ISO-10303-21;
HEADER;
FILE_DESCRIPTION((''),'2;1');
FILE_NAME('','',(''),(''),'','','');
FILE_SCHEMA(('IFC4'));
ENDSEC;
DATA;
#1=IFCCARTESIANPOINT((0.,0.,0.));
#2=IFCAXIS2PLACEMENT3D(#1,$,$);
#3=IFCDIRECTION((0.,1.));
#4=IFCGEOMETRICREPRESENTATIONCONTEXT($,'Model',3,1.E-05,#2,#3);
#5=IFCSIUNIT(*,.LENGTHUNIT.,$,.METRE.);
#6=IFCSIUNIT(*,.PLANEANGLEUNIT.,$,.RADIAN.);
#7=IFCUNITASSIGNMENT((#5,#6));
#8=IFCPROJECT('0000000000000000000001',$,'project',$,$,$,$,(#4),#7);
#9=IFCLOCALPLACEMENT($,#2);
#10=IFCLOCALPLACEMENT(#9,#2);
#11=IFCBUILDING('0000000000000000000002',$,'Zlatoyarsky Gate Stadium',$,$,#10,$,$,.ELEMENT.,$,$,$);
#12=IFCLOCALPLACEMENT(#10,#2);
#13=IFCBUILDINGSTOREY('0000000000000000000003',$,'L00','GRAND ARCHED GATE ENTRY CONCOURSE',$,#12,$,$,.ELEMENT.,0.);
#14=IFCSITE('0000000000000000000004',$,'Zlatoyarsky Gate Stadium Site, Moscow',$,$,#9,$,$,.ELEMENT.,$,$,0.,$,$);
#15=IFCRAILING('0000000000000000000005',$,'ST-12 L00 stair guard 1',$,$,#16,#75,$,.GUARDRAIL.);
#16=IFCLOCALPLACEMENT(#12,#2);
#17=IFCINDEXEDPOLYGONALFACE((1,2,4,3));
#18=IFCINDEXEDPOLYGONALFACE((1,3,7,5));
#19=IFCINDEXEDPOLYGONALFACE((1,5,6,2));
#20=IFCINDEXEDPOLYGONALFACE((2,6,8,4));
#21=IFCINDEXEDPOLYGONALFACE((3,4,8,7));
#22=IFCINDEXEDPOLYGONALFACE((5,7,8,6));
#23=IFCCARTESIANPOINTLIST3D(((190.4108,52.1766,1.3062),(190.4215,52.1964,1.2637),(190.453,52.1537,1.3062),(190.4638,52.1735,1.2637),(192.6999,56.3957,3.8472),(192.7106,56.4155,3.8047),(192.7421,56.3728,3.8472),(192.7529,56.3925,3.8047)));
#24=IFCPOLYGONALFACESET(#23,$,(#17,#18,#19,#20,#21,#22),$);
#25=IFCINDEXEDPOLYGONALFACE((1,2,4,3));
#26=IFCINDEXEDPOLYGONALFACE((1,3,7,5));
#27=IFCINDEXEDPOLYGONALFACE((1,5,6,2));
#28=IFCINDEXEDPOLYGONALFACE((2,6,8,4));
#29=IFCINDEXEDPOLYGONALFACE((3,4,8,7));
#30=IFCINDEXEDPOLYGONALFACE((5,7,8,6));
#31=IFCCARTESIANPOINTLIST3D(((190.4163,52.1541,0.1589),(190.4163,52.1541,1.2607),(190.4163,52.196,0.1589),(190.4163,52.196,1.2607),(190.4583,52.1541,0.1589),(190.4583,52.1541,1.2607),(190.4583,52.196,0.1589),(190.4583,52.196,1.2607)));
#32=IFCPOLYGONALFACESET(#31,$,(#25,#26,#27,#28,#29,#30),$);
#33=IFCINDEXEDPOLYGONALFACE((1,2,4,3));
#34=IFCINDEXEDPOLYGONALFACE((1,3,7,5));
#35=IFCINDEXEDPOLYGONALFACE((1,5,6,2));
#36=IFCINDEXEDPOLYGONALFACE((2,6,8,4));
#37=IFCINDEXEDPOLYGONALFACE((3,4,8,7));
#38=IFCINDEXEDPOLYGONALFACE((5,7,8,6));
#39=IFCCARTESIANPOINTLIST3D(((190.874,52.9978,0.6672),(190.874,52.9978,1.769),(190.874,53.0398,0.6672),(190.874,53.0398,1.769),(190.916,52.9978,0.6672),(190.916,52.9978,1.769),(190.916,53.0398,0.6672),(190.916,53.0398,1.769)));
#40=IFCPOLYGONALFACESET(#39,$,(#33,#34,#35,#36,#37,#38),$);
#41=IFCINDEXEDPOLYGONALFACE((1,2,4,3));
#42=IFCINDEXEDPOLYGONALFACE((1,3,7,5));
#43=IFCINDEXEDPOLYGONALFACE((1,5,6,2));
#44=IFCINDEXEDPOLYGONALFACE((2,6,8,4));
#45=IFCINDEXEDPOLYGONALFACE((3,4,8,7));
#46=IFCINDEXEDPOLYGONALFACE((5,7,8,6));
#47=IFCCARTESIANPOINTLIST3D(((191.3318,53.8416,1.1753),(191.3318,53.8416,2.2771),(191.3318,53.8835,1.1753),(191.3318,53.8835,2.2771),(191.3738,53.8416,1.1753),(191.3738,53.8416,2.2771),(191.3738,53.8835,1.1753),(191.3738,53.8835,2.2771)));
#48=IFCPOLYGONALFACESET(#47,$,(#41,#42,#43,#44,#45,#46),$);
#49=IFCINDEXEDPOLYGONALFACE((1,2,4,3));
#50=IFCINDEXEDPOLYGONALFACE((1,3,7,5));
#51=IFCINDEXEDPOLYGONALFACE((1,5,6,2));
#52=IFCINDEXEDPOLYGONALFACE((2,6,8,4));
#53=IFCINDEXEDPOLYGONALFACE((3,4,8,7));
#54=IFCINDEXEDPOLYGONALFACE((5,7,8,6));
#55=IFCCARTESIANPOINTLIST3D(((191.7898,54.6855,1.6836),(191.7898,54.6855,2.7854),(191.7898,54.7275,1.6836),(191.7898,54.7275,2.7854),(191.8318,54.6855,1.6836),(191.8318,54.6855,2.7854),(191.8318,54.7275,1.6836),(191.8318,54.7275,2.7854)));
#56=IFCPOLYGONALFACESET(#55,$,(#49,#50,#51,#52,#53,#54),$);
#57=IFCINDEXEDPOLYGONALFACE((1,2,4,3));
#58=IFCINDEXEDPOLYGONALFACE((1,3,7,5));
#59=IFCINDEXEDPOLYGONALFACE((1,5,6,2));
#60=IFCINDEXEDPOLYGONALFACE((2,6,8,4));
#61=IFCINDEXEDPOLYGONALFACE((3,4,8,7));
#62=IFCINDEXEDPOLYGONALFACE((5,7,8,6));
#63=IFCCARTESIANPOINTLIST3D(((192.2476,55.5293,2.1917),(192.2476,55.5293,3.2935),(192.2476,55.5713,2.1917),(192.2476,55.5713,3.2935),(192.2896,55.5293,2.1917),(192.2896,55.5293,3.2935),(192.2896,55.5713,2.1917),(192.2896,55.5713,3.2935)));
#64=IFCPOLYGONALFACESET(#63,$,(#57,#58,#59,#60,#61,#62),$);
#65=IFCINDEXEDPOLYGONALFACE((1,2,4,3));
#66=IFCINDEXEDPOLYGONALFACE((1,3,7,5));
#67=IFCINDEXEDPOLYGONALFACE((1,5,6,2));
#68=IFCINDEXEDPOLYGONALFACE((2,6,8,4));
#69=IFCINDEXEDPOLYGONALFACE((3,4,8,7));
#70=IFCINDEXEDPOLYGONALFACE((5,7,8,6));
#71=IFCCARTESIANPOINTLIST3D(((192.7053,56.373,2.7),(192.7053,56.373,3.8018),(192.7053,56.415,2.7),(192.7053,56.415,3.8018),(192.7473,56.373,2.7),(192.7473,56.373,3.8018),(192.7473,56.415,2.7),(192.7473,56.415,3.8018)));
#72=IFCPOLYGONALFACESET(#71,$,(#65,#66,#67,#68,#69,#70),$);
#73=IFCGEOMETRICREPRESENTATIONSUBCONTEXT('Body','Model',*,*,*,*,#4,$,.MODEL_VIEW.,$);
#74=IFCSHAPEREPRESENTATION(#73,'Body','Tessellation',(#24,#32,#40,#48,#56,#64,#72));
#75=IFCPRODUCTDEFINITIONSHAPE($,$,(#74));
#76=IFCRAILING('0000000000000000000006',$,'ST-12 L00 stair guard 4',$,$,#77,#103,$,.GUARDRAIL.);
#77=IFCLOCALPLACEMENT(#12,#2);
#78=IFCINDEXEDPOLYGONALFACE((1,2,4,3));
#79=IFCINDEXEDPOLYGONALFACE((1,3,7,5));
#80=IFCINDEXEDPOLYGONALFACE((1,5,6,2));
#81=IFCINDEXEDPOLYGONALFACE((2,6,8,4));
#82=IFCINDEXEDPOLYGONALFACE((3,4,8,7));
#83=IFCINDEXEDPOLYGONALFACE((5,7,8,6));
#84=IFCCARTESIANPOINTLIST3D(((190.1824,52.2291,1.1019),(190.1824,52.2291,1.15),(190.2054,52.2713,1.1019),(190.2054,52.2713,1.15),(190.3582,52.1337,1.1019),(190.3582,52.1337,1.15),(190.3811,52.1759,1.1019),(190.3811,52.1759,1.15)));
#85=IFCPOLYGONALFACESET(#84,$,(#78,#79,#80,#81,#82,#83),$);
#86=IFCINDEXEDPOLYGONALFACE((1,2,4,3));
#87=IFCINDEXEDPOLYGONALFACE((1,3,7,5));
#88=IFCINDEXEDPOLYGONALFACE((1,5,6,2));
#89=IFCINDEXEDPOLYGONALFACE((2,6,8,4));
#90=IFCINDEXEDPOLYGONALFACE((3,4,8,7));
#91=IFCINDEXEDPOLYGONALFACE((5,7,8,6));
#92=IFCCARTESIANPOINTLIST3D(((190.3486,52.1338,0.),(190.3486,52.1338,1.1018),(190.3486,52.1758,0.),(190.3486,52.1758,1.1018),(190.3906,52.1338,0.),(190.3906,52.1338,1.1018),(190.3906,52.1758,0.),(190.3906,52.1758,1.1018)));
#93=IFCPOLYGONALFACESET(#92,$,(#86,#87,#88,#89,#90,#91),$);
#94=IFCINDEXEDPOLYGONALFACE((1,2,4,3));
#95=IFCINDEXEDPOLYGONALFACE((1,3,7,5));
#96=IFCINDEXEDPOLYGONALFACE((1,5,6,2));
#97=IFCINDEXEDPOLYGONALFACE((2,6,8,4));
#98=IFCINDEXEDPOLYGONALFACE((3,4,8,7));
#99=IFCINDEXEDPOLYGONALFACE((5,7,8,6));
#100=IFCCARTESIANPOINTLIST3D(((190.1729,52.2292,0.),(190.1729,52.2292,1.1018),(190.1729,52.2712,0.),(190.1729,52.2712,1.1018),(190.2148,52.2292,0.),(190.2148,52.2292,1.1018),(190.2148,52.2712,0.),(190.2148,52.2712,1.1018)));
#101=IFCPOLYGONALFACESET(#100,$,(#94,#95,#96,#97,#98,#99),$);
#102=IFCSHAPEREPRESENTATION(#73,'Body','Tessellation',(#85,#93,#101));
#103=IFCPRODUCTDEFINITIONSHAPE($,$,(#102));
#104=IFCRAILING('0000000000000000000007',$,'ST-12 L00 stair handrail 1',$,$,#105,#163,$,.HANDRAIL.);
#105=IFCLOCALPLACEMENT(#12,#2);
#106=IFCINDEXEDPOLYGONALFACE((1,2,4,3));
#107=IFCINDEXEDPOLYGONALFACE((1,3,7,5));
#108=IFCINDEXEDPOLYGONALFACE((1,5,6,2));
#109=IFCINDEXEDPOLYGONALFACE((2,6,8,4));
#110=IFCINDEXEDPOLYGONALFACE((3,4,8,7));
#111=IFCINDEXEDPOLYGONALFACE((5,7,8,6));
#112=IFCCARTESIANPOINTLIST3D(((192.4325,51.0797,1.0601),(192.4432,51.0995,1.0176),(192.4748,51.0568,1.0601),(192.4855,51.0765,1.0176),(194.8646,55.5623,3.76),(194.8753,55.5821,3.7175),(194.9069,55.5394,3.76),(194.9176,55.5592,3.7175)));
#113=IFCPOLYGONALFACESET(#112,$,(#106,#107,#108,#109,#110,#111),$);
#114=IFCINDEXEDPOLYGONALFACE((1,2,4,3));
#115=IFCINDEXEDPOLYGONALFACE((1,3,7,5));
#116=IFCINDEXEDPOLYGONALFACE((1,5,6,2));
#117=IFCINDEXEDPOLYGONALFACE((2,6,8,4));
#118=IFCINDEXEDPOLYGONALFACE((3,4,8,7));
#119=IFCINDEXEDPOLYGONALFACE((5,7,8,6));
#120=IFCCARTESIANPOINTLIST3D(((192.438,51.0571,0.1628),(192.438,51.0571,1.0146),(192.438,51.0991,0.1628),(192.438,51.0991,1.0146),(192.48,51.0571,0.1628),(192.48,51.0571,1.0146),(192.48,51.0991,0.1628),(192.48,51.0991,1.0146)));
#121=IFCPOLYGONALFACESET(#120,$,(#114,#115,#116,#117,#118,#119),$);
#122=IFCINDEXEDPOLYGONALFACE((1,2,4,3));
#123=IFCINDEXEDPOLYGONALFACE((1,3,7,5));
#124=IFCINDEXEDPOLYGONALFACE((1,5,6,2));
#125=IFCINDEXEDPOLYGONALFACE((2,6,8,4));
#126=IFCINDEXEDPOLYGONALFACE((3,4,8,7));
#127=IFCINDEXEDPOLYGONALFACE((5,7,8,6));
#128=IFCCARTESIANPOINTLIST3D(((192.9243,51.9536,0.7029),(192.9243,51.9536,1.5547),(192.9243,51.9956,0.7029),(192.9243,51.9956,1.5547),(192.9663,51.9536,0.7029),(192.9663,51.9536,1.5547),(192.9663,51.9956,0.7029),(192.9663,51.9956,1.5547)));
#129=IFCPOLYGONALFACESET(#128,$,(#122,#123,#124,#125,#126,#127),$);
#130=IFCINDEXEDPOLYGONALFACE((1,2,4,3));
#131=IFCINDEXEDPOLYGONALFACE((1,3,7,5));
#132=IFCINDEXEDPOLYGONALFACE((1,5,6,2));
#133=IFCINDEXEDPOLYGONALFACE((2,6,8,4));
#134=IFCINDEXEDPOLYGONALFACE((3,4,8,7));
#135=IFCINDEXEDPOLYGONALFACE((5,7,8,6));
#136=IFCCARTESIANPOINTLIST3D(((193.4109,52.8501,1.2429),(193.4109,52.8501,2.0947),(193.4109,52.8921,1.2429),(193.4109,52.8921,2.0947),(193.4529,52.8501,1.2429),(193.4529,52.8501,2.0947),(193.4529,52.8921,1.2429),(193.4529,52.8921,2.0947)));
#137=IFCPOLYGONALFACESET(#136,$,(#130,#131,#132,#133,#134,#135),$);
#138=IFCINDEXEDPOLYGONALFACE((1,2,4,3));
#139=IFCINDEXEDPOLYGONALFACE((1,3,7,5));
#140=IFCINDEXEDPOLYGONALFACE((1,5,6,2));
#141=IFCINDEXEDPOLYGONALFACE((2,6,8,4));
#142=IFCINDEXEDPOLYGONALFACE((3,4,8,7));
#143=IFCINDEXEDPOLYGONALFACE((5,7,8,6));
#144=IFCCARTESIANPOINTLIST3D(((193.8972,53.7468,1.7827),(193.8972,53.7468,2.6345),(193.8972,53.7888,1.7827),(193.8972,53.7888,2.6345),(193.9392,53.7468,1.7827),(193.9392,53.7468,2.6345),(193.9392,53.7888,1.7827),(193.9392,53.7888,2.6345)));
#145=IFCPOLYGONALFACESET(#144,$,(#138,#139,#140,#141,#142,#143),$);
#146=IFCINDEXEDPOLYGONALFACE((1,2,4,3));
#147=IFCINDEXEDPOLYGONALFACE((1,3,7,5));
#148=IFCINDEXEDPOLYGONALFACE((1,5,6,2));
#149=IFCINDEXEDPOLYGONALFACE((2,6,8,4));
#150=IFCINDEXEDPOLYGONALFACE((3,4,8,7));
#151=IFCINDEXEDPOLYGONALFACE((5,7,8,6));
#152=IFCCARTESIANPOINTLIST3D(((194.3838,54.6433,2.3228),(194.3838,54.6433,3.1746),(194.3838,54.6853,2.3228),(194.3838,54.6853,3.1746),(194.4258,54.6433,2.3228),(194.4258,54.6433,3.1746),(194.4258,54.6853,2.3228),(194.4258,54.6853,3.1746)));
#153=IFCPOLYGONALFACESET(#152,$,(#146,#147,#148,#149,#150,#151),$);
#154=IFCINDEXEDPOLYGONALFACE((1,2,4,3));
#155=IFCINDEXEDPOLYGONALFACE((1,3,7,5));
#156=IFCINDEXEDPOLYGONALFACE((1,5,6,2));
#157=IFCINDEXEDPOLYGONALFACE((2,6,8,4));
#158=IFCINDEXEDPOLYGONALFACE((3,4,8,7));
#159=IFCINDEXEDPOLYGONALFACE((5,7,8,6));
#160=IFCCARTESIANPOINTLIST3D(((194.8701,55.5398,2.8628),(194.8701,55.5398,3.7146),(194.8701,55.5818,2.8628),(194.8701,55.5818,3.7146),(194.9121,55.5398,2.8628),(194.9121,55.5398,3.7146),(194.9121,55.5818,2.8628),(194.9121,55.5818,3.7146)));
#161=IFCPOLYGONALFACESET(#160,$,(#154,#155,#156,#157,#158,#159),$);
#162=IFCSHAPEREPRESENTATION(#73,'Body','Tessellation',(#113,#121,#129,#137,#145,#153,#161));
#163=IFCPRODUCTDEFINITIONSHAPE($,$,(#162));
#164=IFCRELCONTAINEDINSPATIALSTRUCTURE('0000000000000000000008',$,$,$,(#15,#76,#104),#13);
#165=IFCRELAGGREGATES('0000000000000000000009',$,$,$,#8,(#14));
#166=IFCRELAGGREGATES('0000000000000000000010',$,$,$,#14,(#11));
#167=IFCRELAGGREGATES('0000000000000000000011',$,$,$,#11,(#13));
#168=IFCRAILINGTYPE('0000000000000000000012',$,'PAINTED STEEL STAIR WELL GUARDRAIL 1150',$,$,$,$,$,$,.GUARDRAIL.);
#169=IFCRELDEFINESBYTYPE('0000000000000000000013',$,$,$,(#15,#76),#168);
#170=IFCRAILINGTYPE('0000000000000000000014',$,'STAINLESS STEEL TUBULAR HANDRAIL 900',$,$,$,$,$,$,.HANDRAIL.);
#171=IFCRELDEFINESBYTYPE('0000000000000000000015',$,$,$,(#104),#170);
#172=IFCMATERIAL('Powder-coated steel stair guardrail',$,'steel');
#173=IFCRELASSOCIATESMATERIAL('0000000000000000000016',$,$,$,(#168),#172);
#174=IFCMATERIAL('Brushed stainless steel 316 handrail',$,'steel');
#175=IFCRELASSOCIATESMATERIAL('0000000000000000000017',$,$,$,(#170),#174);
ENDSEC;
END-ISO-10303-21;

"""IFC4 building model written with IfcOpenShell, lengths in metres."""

from ifc_helpers import new_model, si_unit, direction, frame, origin, origin_2d, place, context, subcontext, project, spatial, rectangle, extrude, material, type_object, element, save


model = new_model("IFC4")

# Units and contexts
model_context = context("Model", 3, precision=1e-05, world=origin(), true_north=direction((0.0, 1.0)))
body_context = subcontext(model_context, "Body", "Model", "MODEL_VIEW")
ifc_project = project(units=[si_unit("LENGTHUNIT", "METRE"), si_unit("PLANEANGLEUNIT", "RADIAN")], contexts=[model_context])

# Site, building, storey
site_placement = place(None, origin())
site = spatial("IfcSite", under=ifc_project, at=site_placement, Name="Zlatoyarsky Gate Stadium Site, Moscow", CompositionType="ELEMENT", RefElevation=0.0)
building_placement = place(site_placement, origin())
building = spatial("IfcBuilding", under=site, at=building_placement, Name="Zlatoyarsky Gate Stadium", CompositionType="ELEMENT")
storey_placement = place(building_placement, origin())
storey = spatial("IfcBuildingStorey", under=building, at=storey_placement, Name="L00", Description="GRAND ARCHED GATE ENTRY CONCOURSE", CompositionType="ELEMENT", Elevation=0.0)

# Railings
ifc_material_1 = material(Name="Powder-coated steel stair guardrail", Category="steel")
railing_type_1 = type_object("IfcRailingType", Name="PAINTED STEEL STAIR WELL GUARDRAIL 1150", PredefinedType="GUARDRAIL", material=ifc_material_1)
railing_1_placement = place(storey_placement, frame((190.4373, 52.175, 0.1589)))
element("IfcRailing", 1, at=railing_1_placement, inside=storey, type_object=railing_type_1, Name="ST-12 L00 stair guard 1", PredefinedType="GUARDRAIL", context=body_context, shape_type="SweptSolid", body=[
    extrude(rectangle(XDim=0.0481, YDim=0.0481, at=origin_2d()), frame((0.0, 0.0, 1.126), z_axis=(0.421476, 0.776826, 0.467867), x_axis=(-0.878962, 0.476891, 0.0)), (0.0, 0.0, 1.0), 5.4312),
    extrude(rectangle(XDim=0.042, YDim=0.042, at=origin_2d()), origin(), (0.0, 0.0, 1.0), 1.1018),
    extrude(rectangle(XDim=0.042, YDim=0.042, at=origin_2d()), frame((0.4578, 0.8438, 0.5083)), (0.0, 0.0, 1.0), 1.1018),
    extrude(rectangle(XDim=0.042, YDim=0.042, at=origin_2d()), frame((0.9155, 1.6875, 1.0164)), (0.0, 0.0, 1.0), 1.1018),
    extrude(rectangle(XDim=0.042, YDim=0.042, at=origin_2d()), frame((1.3735, 2.5315, 1.5247)), (0.0, 0.0, 1.0), 1.1018),
    extrude(rectangle(XDim=0.042, YDim=0.042, at=origin_2d()), frame((1.8313, 3.3752, 2.0327)), (0.0, 0.0, 1.0), 1.1018),
    extrude(rectangle(XDim=0.042, YDim=0.042, at=origin_2d()), frame((2.2891, 4.219, 2.541)), (0.0, 0.0, 1.0), 1.1018),
])
railing_2_placement = place(storey_placement, frame((190.3696, 52.1548, 0.0)))
element("IfcRailing", 2, at=railing_2_placement, inside=storey, type_object=railing_type_1, Name="ST-12 L00 stair guard 4", PredefinedType="GUARDRAIL", context=body_context, shape_type="SweptSolid", body=[
    extrude(rectangle(XDim=0.0481, YDim=0.0481, at=origin_2d()), frame((0.0, 0.0, 1.126), z_axis=(-0.87878, 0.477227, 0.0), x_axis=(-0.477227, -0.87878, 0.0)), (0.0, 0.0, 1.0), 0.2),
    extrude(rectangle(XDim=0.042, YDim=0.042, at=origin_2d()), origin(), (0.0, 0.0, 1.0), 1.1018),
    extrude(rectangle(XDim=0.042, YDim=0.042, at=origin_2d()), frame((-0.1758, 0.0955, 0.0)), (0.0, 0.0, 1.0), 1.1018),
])
ifc_material_2 = material(Name="Brushed stainless steel 316 handrail", Category="steel")
railing_type_2 = type_object("IfcRailingType", Name="STAINLESS STEEL TUBULAR HANDRAIL 900", PredefinedType="HANDRAIL", material=ifc_material_2)
railing_3_placement = place(storey_placement, frame((192.459, 51.0781, 0.1628)))
element("IfcRailing", 3, at=railing_3_placement, inside=storey, type_object=railing_type_2, Name="ST-12 L00 stair handrail 1", PredefinedType="HANDRAIL", context=body_context, shape_type="SweptSolid", body=[
    extrude(rectangle(XDim=0.0481, YDim=0.0481, at=origin_2d()), frame((0.0, 0.0, 0.876), z_axis=(0.421472, 0.776817, 0.467884), x_axis=(-0.878962, 0.476892, 0.0)), (0.0, 0.0, 1.0), 5.7705),
    extrude(rectangle(XDim=0.042, YDim=0.042, at=origin_2d()), origin(), (0.0, 0.0, 1.0), 0.8518),
    extrude(rectangle(XDim=0.042, YDim=0.042, at=origin_2d()), frame((0.4863, 0.8965, 0.54)), (0.0, 0.0, 1.0), 0.8518),
    extrude(rectangle(XDim=0.042, YDim=0.042, at=origin_2d()), frame((0.9729, 1.793, 1.0801)), (0.0, 0.0, 1.0), 0.8518),
    extrude(rectangle(XDim=0.042, YDim=0.042, at=origin_2d()), frame((1.4592, 2.6897, 1.6199)), (0.0, 0.0, 1.0), 0.8518),
    extrude(rectangle(XDim=0.042, YDim=0.042, at=origin_2d()), frame((1.9458, 3.5862, 2.1599)), (0.0, 0.0, 1.0), 0.8518),
    extrude(rectangle(XDim=0.042, YDim=0.042, at=origin_2d()), frame((2.4321, 4.4827, 2.7)), (0.0, 0.0, 1.0), 0.8518),
])

save(model, "model.ifc")
